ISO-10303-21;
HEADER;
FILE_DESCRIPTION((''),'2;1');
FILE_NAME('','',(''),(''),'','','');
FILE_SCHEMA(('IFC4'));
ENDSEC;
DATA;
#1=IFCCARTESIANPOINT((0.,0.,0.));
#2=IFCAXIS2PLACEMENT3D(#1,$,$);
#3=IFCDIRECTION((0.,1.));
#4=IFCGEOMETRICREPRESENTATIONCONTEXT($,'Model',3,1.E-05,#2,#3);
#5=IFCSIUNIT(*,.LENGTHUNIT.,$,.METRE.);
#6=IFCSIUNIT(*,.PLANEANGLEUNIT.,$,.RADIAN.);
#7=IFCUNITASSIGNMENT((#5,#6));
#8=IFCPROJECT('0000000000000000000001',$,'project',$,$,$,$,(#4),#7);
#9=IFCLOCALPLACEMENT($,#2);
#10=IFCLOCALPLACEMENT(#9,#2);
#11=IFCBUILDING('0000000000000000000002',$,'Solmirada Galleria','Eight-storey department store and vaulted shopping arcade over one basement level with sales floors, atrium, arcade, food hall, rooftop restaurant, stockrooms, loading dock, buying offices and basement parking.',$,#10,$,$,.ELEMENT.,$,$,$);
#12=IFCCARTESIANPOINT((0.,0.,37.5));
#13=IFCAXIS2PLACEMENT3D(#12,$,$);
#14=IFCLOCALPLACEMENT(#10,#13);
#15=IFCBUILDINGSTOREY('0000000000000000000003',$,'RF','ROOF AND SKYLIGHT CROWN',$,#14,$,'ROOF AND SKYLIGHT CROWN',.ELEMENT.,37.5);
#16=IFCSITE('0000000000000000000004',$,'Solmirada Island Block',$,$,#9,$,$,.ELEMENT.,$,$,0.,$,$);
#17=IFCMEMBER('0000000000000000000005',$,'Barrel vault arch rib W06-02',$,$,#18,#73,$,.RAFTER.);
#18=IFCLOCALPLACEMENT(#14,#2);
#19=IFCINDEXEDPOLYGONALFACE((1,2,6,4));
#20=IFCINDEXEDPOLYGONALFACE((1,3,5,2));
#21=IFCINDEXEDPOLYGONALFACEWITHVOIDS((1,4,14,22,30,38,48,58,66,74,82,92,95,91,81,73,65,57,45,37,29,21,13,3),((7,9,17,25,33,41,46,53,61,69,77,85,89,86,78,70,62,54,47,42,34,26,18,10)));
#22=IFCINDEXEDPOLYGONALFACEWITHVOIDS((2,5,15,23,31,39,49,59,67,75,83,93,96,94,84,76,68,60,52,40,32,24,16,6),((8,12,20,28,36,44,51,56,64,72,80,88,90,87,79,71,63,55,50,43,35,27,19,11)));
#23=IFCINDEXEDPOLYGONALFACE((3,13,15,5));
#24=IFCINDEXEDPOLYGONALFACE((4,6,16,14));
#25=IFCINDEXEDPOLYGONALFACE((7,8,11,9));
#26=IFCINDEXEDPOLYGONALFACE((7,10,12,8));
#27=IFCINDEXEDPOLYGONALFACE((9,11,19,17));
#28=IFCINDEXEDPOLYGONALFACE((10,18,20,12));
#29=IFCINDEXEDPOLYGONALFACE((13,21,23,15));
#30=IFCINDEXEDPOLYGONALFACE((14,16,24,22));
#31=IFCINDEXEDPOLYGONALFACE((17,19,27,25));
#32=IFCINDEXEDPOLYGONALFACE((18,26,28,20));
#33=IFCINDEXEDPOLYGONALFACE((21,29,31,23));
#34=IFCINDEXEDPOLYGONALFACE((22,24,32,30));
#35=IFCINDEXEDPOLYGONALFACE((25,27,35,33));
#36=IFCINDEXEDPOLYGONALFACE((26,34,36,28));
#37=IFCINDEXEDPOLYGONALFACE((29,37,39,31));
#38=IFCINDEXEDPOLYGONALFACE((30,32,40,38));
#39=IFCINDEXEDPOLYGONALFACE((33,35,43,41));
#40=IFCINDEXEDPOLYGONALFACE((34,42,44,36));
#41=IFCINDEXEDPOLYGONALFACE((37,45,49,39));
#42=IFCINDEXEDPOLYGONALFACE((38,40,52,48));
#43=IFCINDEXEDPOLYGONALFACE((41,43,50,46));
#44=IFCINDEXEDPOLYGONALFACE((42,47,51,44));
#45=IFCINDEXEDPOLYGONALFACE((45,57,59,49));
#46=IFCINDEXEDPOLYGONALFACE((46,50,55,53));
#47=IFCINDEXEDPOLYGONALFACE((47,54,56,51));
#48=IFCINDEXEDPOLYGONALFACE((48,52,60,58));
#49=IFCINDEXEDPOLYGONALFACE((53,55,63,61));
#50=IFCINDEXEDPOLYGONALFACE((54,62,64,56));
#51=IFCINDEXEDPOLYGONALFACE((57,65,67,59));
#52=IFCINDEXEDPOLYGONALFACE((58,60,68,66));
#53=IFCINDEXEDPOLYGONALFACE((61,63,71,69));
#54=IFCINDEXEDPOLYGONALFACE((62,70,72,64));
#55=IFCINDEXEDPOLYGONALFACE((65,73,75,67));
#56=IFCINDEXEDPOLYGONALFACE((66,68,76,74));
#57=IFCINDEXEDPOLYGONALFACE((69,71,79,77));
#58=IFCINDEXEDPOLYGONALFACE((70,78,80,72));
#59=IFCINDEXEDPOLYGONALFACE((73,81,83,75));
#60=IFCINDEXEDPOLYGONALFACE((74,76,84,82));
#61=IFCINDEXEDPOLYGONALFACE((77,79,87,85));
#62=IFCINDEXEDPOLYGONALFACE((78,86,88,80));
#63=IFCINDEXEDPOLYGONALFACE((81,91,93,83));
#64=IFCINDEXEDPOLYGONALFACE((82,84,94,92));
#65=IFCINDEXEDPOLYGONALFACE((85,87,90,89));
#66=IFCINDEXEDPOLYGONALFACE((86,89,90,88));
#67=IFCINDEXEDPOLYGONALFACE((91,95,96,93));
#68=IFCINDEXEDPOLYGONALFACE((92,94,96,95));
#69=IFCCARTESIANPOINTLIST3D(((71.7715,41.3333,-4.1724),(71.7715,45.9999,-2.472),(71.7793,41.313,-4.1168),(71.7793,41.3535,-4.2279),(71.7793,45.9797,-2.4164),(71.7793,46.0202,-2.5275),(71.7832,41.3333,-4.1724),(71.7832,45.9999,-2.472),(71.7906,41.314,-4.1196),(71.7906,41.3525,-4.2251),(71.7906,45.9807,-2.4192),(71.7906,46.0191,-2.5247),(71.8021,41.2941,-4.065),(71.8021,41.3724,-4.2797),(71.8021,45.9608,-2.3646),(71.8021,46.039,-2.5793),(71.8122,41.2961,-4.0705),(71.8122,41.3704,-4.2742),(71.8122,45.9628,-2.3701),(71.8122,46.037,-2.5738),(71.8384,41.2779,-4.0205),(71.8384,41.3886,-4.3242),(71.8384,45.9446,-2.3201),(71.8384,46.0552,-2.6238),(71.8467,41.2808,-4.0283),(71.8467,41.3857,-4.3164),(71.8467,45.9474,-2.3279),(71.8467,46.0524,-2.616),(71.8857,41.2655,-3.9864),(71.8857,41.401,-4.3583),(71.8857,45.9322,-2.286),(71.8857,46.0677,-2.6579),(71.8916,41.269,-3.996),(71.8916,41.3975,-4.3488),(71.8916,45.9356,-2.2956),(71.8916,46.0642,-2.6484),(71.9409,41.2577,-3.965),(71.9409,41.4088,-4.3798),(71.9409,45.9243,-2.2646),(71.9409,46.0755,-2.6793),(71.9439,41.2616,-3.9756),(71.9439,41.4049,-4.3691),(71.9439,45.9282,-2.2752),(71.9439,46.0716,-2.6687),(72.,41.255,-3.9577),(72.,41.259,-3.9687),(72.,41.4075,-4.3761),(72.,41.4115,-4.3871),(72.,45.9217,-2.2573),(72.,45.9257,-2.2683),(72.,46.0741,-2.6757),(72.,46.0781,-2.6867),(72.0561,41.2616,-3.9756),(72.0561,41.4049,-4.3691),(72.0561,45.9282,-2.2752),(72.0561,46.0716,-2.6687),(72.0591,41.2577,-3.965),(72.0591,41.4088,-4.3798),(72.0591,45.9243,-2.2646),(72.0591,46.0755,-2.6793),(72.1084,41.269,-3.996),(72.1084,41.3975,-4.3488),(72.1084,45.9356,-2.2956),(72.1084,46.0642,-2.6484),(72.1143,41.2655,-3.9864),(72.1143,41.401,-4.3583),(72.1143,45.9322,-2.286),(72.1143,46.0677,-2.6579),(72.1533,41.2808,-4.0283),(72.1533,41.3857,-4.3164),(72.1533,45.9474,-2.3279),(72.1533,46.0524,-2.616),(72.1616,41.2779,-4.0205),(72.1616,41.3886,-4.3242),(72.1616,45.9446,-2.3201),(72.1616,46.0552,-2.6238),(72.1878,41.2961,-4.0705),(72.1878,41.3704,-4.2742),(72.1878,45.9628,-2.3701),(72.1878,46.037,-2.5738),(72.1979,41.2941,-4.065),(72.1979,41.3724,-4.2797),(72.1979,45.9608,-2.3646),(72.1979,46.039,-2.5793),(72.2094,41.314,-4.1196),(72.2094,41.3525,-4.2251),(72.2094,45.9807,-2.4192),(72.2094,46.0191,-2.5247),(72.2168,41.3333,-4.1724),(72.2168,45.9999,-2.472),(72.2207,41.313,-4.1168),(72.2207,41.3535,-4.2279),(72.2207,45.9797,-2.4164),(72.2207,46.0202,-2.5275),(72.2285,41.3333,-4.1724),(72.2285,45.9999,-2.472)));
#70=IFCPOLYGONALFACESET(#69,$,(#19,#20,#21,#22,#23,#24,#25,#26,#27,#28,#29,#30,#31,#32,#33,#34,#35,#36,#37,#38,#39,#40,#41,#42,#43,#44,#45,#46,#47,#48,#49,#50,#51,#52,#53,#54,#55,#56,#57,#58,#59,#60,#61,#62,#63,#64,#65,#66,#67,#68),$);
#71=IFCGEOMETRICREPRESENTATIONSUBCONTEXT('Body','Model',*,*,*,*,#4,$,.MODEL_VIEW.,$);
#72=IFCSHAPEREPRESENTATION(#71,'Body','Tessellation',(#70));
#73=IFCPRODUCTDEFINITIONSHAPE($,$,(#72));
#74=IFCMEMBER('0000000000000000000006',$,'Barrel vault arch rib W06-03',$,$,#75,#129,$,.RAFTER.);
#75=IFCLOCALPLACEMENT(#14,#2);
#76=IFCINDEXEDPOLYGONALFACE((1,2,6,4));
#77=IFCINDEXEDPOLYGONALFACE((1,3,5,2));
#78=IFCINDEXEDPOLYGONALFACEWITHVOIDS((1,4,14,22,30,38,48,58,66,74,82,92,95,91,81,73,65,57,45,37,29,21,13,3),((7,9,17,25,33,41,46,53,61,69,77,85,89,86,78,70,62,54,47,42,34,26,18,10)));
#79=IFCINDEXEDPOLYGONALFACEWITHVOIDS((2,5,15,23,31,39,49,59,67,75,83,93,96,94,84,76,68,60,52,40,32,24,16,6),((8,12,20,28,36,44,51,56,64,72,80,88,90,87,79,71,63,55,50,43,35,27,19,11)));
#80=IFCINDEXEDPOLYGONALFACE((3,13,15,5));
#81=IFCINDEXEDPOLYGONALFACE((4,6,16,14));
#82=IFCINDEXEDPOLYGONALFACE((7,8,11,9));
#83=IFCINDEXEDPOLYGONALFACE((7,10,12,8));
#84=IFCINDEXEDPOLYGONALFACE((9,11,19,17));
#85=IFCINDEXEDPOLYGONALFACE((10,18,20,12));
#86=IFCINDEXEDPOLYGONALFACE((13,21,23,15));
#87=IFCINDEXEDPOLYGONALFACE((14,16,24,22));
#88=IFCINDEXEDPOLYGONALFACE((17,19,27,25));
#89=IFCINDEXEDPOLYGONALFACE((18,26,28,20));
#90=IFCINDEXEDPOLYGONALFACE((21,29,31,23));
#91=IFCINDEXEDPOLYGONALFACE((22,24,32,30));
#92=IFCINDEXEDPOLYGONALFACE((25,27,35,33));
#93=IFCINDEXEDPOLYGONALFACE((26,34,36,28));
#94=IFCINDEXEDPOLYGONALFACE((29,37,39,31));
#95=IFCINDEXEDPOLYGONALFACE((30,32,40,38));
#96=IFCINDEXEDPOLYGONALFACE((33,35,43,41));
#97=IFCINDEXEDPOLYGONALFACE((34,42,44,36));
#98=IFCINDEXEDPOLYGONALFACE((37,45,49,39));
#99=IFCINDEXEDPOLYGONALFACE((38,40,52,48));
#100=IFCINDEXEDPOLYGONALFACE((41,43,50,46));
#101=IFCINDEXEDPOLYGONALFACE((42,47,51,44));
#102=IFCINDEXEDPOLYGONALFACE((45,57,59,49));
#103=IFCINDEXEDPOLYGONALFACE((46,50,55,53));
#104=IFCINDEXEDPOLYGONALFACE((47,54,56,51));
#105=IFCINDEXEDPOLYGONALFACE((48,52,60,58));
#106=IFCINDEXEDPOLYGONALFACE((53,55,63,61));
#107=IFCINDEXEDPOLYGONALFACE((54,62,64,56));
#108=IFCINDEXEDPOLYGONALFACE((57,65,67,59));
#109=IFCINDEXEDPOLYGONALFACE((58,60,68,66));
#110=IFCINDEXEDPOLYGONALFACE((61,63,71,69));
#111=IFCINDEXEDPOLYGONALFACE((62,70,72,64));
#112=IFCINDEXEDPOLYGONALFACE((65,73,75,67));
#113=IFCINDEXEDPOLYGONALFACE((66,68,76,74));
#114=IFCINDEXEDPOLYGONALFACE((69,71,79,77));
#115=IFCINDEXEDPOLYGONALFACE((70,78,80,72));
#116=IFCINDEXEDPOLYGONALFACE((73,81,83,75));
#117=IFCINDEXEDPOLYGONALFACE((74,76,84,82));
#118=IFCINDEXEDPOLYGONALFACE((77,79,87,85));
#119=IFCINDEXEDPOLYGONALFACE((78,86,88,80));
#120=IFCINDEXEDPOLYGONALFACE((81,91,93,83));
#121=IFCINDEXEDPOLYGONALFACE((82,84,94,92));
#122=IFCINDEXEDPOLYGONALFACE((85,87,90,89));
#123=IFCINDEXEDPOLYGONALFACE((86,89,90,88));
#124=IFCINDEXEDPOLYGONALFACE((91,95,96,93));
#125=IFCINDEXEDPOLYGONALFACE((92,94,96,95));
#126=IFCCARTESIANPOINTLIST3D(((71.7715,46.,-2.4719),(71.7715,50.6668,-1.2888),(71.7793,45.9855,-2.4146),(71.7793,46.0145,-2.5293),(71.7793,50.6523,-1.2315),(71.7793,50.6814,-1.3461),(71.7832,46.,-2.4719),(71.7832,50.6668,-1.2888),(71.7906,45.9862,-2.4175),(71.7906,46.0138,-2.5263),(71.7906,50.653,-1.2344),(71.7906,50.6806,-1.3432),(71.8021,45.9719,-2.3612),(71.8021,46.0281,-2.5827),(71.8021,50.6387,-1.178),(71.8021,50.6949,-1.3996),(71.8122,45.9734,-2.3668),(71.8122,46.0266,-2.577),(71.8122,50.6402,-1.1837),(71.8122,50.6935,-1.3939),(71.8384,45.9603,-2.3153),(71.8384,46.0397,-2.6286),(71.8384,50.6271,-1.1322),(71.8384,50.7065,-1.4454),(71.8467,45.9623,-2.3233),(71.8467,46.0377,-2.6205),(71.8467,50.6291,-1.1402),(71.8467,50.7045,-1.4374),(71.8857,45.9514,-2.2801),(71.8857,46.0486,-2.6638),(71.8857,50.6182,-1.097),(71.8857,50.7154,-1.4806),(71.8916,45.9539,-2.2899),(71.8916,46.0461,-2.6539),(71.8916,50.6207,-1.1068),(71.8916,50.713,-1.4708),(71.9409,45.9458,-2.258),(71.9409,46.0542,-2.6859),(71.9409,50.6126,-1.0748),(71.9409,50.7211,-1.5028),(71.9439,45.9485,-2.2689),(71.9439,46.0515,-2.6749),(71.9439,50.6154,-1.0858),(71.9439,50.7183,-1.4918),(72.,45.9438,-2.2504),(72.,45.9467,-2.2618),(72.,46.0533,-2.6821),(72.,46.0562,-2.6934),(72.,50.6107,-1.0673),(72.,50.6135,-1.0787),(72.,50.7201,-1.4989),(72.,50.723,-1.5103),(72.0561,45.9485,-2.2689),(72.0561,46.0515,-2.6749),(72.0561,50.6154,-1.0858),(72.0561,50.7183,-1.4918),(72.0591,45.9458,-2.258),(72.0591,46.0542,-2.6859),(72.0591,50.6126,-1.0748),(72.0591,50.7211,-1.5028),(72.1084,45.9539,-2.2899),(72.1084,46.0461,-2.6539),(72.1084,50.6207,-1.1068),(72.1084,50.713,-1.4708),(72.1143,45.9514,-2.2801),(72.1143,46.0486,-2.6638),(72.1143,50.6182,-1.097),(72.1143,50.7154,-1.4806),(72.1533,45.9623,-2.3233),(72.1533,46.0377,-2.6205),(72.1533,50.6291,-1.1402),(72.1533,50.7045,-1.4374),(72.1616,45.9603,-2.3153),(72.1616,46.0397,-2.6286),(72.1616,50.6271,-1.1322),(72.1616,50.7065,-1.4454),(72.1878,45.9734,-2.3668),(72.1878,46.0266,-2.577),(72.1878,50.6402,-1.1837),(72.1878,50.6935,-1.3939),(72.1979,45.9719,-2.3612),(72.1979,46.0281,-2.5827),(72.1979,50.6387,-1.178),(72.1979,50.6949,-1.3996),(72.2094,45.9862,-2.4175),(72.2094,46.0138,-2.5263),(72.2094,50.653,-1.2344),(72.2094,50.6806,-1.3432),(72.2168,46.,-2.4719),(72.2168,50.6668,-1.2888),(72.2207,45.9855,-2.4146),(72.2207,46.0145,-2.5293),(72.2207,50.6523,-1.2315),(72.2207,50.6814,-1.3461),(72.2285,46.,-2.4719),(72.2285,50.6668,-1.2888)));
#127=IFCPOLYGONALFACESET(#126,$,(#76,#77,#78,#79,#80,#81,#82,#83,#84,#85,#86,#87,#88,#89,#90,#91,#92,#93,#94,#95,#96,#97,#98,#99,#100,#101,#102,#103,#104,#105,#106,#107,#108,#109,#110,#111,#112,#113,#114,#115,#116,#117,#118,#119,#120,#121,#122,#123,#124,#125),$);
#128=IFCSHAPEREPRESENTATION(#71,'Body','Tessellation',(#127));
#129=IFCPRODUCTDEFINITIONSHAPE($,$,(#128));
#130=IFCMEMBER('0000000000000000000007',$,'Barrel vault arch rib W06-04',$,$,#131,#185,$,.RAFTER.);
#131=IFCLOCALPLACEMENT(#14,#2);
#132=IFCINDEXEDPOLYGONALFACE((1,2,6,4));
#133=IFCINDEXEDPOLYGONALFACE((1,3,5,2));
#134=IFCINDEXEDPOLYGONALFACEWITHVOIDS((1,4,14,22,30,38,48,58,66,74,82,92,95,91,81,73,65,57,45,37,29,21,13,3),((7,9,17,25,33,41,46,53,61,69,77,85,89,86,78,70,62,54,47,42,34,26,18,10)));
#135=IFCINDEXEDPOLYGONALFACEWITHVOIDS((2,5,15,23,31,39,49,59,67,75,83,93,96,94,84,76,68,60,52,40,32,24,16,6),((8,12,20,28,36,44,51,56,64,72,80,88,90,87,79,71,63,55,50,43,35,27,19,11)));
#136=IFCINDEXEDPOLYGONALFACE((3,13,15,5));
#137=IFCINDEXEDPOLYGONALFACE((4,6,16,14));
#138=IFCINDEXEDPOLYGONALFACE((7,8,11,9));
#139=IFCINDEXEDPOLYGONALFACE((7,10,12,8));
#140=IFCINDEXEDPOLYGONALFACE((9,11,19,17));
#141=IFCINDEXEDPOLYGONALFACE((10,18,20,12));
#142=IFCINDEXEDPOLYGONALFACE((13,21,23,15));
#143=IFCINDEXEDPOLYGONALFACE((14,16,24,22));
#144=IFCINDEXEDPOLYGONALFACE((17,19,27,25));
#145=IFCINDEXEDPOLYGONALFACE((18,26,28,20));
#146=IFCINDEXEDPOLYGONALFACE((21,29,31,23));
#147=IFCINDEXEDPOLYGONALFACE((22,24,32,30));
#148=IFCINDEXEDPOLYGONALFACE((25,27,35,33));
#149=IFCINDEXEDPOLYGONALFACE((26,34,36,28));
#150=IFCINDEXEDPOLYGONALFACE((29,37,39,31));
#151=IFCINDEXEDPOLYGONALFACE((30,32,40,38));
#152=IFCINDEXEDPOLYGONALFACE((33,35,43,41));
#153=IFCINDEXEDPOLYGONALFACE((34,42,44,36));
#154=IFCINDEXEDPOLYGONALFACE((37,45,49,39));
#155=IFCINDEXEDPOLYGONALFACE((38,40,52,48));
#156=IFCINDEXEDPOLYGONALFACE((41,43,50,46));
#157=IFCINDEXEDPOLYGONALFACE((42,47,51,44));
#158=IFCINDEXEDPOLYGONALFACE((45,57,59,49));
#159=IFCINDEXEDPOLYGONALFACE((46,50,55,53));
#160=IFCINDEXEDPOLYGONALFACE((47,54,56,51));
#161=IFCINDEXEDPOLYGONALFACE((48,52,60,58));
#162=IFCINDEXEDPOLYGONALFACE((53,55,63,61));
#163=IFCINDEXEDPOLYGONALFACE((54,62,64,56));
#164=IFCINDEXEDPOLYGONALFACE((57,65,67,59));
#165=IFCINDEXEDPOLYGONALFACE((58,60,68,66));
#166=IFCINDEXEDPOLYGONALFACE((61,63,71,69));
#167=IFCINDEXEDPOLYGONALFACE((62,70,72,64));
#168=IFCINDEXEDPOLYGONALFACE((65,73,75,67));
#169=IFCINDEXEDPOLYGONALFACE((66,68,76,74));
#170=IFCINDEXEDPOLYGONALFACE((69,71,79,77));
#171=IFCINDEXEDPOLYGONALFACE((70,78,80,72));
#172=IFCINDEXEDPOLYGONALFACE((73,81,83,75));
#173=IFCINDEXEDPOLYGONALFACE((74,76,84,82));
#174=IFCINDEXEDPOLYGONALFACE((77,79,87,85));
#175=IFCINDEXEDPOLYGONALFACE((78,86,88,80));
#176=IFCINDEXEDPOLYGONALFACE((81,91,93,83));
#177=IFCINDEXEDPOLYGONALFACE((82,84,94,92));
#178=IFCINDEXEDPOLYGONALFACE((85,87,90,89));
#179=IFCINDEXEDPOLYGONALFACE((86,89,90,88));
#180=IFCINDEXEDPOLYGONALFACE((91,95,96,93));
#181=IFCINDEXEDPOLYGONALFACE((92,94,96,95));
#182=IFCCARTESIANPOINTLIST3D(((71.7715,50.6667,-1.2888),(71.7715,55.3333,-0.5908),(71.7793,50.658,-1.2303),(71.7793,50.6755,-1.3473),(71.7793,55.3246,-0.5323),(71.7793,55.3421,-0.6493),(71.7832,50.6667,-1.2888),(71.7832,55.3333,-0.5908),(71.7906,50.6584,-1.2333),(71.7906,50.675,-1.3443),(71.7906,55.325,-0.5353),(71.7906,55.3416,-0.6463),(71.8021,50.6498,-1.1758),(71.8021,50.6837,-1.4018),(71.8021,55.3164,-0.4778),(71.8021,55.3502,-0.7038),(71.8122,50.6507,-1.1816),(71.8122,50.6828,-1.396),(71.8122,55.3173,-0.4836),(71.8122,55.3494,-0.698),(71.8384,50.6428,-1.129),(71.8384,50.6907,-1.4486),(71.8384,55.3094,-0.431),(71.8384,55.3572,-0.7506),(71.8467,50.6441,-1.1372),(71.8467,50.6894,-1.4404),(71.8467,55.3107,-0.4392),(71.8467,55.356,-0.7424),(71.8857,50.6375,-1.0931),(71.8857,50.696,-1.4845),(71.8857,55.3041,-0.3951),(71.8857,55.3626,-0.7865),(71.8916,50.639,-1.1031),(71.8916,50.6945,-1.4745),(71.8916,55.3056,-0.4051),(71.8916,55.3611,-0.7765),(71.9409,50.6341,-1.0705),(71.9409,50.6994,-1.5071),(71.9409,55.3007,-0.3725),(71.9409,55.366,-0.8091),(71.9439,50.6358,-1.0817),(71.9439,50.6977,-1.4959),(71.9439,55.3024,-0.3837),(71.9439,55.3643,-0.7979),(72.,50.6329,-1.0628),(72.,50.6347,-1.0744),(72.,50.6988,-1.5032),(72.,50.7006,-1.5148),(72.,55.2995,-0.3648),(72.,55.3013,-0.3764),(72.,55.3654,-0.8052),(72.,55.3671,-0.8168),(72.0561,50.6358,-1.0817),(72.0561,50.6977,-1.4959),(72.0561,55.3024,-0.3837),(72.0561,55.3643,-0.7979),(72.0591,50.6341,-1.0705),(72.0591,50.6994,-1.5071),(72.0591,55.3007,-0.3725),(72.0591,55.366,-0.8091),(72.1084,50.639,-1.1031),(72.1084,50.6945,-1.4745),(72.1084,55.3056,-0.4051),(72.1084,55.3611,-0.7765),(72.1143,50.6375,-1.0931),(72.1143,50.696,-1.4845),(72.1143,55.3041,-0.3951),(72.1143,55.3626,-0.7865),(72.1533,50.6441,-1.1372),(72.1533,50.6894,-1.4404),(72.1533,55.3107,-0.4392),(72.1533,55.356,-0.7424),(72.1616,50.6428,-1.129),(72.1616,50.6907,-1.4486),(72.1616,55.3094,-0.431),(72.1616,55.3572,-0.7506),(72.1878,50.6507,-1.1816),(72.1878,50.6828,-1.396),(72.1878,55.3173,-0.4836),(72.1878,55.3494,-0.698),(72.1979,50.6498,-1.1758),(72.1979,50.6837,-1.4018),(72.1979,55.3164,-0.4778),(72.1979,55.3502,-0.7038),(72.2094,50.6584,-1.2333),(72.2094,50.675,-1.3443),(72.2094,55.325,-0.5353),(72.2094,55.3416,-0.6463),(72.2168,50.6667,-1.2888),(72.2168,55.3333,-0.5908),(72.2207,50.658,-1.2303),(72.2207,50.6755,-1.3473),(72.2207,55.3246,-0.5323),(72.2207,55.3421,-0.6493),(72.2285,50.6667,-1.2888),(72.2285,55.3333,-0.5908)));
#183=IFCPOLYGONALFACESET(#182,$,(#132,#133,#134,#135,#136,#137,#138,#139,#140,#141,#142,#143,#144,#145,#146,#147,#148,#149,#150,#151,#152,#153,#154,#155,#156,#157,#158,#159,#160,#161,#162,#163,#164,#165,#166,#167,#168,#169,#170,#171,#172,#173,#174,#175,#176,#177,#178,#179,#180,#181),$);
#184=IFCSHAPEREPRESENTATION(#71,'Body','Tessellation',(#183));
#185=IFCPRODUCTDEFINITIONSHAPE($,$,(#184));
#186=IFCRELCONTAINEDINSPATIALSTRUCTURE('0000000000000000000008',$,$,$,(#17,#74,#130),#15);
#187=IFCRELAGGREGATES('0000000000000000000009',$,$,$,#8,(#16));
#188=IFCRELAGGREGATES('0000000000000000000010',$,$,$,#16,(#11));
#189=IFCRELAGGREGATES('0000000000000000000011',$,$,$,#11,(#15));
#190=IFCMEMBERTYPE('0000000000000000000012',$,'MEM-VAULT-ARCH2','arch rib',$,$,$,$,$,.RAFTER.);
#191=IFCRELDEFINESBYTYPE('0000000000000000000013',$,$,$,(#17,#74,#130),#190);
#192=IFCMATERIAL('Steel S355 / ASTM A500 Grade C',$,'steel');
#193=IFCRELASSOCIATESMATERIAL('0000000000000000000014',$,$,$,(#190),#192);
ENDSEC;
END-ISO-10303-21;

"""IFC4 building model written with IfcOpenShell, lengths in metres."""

from ifc_helpers import new_model, si_unit, direction, frame, origin, origin_2d, place, context, subcontext, project, spatial, hollow_circle, extrude, material, material_profile, profile_set, type_object, element, save


model = new_model("IFC4")

# Units and contexts
model_context = context("Model", 3, precision=1e-05, world=origin(), true_north=direction((0.0, 1.0)))
body_context = subcontext(model_context, "Body", "Model", "MODEL_VIEW")
ifc_project = project(units=[si_unit("LENGTHUNIT", "METRE"), si_unit("PLANEANGLEUNIT", "RADIAN")], contexts=[model_context])

# Site, building, storey
site_placement = place(None, origin())
site = spatial("IfcSite", under=ifc_project, at=site_placement, Name="Solmirada Island Block", CompositionType="ELEMENT", RefElevation=0.0)
building_placement = place(site_placement, origin())
building = spatial("IfcBuilding", under=site, at=building_placement, Name="Solmirada Galleria", Description="Eight-storey department store and vaulted shopping arcade over one basement level with sales floors, atrium, arcade, food hall, rooftop restaurant, stockrooms, loading dock, buying offices and basement parking.", CompositionType="ELEMENT")
storey_placement = place(building_placement, frame((0.0, 0.0, 37.5)))
storey = spatial("IfcBuildingStorey", under=building, at=storey_placement, Name="RF", Description="ROOF AND SKYLIGHT CROWN", LongName="ROOF AND SKYLIGHT CROWN", CompositionType="ELEMENT", Elevation=37.5)

# Members
ifc_material_1 = material(Name="Steel S355 / ASTM A500 Grade C", Category="steel")
ifc_material_profile_1 = material_profile(ifc_material_1, hollow_circle(Radius=0.2285, WallThickness=0.0117, at=origin_2d()), Name="HSS18.000X0.500")
ifc_profile_set_1 = profile_set([ifc_material_profile_1], Name="Steel S355 / ASTM A500 Grade C")
member_type_1 = type_object("IfcMemberType", Name="MEM-VAULT-ARCH2", Description="arch rib", PredefinedType="RAFTER", material=ifc_profile_set_1)
member_1_placement = place(storey_placement, frame((72.0, 41.3333, -4.1724), z_axis=(0.0, 0.939571, 0.342355), x_axis=(-1.0, 0.0, 0.0)))
element("IfcMember", 1, at=member_1_placement, inside=storey, type_object=member_type_1, Name="Barrel vault arch rib W06-02", PredefinedType="RAFTER", context=body_context, shape_type="SweptSolid", body=[
    extrude(hollow_circle(Radius=0.2285, WallThickness=0.0117, at=origin_2d()), origin(), (0.0, 0.0, 1.0), 4.9668),
])
member_2_placement = place(storey_placement, frame((72.0, 46.0, -2.4719), z_axis=(0.0, 0.969335, 0.245744), x_axis=(-1.0, 0.0, 0.0)))
element("IfcMember", 2, at=member_2_placement, inside=storey, type_object=member_type_1, Name="Barrel vault arch rib W06-03", PredefinedType="RAFTER", context=body_context, shape_type="SweptSolid", body=[
    extrude(hollow_circle(Radius=0.2285, WallThickness=0.0117, at=origin_2d()), origin(), (0.0, 0.0, 1.0), 4.8145),
])
member_3_placement = place(storey_placement, frame((72.0, 50.6667, -1.2888), z_axis=(0.0, 0.988998, 0.147931), x_axis=(-1.0, 0.0, 0.0)))
element("IfcMember", 3, at=member_3_placement, inside=storey, type_object=member_type_1, Name="Barrel vault arch rib W06-04", PredefinedType="RAFTER", context=body_context, shape_type="SweptSolid", body=[
    extrude(hollow_circle(Radius=0.2285, WallThickness=0.0117, at=origin_2d()), origin(), (0.0, 0.0, 1.0), 4.7185),
])

save(model, "model.ifc")
